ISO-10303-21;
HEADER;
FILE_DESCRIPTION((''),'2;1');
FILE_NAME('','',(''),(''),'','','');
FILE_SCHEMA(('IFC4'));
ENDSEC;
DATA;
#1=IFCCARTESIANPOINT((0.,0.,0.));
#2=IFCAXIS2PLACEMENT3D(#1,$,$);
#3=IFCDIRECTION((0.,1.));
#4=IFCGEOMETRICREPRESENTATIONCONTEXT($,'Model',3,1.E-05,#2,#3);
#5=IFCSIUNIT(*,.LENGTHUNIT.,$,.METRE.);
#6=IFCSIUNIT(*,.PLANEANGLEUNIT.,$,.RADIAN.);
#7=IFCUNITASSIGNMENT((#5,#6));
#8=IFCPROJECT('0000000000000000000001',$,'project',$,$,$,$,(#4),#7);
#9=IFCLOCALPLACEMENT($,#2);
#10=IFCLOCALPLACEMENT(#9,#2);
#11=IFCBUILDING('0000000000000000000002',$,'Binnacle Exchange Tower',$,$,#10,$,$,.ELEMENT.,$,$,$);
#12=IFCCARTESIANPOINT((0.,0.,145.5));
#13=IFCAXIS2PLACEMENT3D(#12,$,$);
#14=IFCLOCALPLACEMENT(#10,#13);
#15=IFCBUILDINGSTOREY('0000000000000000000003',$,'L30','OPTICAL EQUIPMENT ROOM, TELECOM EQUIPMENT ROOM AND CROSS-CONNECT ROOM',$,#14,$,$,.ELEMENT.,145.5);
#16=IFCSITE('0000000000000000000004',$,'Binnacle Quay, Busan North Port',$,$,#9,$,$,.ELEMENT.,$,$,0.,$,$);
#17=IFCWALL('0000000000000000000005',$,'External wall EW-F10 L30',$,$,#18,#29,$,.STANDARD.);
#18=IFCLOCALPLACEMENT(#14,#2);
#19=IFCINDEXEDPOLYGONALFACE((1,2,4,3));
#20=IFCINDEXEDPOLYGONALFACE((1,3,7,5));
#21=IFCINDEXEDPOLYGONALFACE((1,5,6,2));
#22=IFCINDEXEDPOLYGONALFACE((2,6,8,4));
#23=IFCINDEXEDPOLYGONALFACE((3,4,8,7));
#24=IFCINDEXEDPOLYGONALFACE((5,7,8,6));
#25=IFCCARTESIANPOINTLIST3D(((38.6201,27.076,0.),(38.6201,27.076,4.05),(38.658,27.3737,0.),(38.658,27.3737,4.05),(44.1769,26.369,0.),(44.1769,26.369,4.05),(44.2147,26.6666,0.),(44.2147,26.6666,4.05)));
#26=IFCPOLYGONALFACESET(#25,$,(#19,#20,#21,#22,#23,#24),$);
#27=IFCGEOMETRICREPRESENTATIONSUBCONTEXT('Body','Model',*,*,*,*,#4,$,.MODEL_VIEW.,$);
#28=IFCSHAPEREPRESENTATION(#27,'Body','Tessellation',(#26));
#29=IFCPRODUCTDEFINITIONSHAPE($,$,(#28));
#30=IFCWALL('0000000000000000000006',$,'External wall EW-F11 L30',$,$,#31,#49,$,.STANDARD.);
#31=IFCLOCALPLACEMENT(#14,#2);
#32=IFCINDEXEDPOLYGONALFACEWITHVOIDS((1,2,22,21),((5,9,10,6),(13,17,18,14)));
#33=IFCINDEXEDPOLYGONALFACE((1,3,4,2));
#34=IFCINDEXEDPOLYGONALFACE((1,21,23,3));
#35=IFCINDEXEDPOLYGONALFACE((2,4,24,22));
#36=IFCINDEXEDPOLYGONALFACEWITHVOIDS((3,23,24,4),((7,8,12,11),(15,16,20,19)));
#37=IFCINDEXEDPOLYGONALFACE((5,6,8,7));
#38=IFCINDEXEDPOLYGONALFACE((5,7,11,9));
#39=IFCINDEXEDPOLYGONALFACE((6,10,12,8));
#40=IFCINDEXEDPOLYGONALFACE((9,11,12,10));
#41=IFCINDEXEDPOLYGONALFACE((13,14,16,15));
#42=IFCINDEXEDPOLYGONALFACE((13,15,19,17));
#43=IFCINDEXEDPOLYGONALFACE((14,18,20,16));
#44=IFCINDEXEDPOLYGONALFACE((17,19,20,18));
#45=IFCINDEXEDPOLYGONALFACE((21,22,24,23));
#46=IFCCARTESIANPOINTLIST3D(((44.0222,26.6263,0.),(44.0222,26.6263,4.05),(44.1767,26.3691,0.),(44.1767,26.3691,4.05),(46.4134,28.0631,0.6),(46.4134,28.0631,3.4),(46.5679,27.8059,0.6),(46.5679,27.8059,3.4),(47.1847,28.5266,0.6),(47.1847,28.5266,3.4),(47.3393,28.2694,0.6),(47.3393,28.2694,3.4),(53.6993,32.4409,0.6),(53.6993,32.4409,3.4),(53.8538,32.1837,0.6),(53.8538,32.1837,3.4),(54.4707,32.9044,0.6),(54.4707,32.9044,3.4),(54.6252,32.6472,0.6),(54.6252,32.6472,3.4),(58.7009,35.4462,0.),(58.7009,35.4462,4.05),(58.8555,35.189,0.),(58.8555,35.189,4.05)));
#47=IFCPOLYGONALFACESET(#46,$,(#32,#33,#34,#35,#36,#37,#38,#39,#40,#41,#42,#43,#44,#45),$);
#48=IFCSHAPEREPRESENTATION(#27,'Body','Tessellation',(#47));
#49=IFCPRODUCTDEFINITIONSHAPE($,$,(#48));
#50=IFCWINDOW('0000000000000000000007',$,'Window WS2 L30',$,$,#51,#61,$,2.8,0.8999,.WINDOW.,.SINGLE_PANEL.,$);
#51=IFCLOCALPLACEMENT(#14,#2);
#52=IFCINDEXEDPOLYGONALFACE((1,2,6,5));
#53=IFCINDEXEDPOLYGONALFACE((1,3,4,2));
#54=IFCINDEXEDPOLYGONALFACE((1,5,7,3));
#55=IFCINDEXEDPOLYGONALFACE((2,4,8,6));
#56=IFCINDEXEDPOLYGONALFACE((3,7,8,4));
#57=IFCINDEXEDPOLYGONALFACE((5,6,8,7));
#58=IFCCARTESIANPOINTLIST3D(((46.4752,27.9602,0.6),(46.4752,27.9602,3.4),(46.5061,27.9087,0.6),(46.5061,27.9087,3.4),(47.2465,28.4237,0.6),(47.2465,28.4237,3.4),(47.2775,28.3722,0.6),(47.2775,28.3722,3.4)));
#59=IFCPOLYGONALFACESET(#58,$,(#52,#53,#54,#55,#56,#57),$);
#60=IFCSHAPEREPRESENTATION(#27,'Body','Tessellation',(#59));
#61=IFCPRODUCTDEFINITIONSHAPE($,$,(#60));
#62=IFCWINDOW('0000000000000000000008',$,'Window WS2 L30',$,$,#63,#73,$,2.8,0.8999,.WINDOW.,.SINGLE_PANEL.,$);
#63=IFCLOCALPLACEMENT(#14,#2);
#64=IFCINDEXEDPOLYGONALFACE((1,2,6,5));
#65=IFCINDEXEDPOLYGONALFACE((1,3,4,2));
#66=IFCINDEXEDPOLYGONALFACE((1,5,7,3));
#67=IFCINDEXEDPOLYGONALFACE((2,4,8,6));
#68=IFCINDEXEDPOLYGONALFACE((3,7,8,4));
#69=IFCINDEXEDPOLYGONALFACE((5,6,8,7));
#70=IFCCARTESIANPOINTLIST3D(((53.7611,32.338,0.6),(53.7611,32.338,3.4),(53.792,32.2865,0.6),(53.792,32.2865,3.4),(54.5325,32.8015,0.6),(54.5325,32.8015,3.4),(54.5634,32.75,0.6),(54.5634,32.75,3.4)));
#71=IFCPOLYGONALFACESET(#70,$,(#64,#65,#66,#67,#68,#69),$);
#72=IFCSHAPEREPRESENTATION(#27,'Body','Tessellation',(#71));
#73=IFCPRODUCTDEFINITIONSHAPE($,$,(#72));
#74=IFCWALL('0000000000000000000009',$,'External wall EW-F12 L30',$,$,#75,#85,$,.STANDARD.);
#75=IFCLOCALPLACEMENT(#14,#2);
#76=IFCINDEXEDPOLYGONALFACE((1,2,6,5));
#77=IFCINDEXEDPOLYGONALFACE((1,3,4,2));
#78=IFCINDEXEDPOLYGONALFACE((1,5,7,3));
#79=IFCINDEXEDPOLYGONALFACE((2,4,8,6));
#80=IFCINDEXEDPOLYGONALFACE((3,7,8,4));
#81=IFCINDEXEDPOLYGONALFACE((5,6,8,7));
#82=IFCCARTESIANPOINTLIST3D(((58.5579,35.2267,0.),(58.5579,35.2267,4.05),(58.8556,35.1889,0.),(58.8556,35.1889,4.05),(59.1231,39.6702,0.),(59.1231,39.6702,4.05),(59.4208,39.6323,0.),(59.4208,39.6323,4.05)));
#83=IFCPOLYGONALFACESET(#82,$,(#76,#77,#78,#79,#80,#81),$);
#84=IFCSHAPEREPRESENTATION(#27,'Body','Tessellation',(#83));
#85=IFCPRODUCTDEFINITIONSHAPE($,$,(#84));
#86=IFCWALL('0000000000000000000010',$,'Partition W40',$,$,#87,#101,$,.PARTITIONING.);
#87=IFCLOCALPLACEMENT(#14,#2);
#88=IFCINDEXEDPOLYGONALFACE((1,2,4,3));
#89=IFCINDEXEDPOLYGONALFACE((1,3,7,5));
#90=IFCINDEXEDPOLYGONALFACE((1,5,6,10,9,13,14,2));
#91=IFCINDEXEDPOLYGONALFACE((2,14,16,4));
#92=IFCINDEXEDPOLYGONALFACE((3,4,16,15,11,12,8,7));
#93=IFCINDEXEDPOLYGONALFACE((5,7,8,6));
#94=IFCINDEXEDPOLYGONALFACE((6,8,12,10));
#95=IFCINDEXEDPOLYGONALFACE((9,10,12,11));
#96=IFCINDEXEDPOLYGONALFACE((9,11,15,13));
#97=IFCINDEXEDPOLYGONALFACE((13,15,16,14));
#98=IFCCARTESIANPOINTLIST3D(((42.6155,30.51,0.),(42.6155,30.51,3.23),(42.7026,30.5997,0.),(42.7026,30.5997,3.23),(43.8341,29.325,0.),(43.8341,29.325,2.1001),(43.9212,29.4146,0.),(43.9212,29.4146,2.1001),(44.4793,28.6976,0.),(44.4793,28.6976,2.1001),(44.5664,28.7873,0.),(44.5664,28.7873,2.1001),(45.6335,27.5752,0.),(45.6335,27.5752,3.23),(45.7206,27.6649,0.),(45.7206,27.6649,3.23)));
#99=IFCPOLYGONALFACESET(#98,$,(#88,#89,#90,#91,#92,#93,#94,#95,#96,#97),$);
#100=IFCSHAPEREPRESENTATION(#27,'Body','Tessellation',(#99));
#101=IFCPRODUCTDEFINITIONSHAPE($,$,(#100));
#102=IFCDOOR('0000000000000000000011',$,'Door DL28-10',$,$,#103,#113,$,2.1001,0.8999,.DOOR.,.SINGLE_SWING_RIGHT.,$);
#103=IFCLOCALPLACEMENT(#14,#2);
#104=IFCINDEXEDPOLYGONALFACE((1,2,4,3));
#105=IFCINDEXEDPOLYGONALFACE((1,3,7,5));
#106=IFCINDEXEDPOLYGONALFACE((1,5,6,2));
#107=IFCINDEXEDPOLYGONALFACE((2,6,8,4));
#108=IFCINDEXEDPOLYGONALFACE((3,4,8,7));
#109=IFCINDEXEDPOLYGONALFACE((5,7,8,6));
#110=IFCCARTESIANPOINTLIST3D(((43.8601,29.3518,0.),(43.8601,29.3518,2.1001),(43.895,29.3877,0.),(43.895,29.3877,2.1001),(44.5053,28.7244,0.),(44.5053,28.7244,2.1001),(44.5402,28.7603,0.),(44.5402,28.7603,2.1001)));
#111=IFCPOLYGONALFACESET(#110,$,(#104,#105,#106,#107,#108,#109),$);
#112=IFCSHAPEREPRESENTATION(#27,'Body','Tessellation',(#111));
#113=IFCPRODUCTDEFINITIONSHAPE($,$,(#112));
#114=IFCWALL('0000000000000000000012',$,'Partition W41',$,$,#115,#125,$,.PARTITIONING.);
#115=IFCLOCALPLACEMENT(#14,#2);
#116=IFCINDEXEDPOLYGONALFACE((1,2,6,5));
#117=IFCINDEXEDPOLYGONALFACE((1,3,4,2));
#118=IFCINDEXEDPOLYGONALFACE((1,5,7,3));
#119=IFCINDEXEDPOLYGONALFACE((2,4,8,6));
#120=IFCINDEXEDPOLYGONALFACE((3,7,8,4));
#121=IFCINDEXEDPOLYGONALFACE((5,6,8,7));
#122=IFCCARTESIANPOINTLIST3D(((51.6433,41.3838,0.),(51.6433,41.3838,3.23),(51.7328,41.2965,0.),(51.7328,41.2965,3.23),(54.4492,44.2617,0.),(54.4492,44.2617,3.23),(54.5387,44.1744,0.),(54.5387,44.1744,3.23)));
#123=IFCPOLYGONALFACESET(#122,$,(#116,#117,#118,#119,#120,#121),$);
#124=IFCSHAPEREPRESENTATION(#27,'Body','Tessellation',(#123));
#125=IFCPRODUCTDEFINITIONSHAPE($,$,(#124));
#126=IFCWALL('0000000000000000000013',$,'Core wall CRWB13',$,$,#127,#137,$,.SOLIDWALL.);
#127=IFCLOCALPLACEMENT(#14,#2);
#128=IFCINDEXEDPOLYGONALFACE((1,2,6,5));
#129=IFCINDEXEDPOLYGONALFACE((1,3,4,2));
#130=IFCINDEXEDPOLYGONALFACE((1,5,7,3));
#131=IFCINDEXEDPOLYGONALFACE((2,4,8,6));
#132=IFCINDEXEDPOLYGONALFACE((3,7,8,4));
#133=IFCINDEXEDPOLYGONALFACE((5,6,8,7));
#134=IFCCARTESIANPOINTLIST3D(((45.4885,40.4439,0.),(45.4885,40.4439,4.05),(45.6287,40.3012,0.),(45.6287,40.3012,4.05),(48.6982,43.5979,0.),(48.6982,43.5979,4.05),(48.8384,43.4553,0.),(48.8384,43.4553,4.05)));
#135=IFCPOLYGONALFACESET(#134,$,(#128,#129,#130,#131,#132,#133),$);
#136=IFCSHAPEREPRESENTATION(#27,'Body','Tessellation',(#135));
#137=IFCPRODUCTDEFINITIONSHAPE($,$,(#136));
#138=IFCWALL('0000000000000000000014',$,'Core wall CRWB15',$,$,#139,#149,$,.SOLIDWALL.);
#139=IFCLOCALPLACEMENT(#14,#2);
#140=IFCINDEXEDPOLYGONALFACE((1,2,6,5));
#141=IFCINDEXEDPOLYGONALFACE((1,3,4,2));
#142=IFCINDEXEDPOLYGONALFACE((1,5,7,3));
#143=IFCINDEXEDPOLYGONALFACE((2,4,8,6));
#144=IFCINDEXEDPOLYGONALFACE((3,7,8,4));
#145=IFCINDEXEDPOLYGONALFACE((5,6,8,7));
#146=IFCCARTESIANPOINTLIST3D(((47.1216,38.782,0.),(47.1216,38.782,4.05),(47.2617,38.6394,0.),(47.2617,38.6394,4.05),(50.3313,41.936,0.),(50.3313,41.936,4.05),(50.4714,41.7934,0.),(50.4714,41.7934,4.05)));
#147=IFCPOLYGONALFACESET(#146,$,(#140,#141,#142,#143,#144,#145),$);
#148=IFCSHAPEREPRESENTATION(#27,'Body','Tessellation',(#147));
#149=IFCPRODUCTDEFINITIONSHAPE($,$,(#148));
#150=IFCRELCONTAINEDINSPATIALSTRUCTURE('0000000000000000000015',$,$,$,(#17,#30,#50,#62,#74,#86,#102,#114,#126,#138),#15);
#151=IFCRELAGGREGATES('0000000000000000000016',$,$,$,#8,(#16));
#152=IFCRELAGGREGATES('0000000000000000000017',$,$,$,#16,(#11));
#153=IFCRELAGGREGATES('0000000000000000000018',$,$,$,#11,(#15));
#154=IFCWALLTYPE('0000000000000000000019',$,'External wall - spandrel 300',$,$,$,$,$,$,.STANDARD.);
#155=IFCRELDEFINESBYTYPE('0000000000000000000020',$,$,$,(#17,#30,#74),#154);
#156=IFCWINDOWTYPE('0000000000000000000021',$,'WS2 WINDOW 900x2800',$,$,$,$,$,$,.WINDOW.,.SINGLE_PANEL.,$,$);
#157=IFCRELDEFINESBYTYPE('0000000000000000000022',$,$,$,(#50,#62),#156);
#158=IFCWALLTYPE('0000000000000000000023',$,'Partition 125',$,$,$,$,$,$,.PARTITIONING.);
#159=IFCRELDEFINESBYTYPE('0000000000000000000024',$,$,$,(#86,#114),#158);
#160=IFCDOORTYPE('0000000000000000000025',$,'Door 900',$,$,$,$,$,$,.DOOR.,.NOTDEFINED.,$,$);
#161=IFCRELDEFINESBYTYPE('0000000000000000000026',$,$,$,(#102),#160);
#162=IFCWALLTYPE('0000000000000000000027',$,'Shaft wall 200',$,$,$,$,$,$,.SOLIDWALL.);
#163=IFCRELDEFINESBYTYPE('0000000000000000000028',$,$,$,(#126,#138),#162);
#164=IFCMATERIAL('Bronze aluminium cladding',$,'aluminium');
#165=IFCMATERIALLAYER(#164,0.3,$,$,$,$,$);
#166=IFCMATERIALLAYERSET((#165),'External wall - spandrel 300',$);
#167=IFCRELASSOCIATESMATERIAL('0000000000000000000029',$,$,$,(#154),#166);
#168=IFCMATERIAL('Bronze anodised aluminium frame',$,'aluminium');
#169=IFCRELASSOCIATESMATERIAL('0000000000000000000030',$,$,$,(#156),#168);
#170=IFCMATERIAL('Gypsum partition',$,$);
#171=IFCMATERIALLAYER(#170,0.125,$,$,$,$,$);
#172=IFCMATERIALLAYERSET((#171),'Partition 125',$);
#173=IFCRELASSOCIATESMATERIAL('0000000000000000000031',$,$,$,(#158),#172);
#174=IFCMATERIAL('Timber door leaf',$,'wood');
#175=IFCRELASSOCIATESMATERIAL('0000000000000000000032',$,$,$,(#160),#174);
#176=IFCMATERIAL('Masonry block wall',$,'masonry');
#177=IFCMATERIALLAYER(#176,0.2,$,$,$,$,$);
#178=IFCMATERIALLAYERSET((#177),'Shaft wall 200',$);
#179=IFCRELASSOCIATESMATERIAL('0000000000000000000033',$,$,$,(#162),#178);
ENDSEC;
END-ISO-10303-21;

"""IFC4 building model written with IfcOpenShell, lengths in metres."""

from ifc_helpers import new_model, si_unit, direction, frame, frame_2d, origin, place, context, subcontext, project, spatial, rectangle, extrude, material, layer, layer_set, type_object, element, fill, save


model = new_model("IFC4")

# Units and contexts
model_context = context("Model", 3, precision=1e-05, world=origin(), true_north=direction((0.0, 1.0)))
body_context = subcontext(model_context, "Body", "Model", "MODEL_VIEW")
ifc_project = project(units=[si_unit("LENGTHUNIT", "METRE"), si_unit("PLANEANGLEUNIT", "RADIAN")], contexts=[model_context])

# Site, building, storey
site_placement = place(None, origin())
site = spatial("IfcSite", under=ifc_project, at=site_placement, Name="Binnacle Quay, Busan North Port", CompositionType="ELEMENT", RefElevation=0.0)
building_placement = place(site_placement, origin())
building = spatial("IfcBuilding", under=site, at=building_placement, Name="Binnacle Exchange Tower", CompositionType="ELEMENT")
storey_placement = place(building_placement, frame((0.0, 0.0, 145.5)))
storey = spatial("IfcBuildingStorey", under=building, at=storey_placement, Name="L30", Description="OPTICAL EQUIPMENT ROOM, TELECOM EQUIPMENT ROOM AND CROSS-CONNECT ROOM", CompositionType="ELEMENT", Elevation=145.5)

# Wall
ifc_material_1 = material(Name="Bronze aluminium cladding", Category="aluminium")
ifc_layer_1 = layer(ifc_material_1, 0.3)
ifc_layer_set_1 = layer_set([ifc_layer_1], Name="External wall - spandrel 300")
wall_type_1 = type_object("IfcWallType", Name="External wall - spandrel 300", PredefinedType="STANDARD", material=ifc_layer_set_1)
wall_1_placement = place(storey_placement, frame((44.1958, 26.5178, 0.0), z_axis=(0.0, 0.0, 1.0), x_axis=(-0.992002, 0.126223, 0.0)))
element("IfcWall", 1, at=wall_1_placement, inside=storey, type_object=wall_type_1, Name="External wall EW-F10 L30", PredefinedType="STANDARD", context=body_context, shape_type="SweptSolid", body=[
    extrude(rectangle(XDim=5.6016, YDim=0.3, at=frame_2d((2.8008, 0.0))), origin(), (0.0, 0.0, 1.0), 4.05),
])

# Wall, openings, windows
wall_2_placement = place(storey_placement, frame((58.7783, 35.3176, 0.0), z_axis=(0.0, 0.0, 1.0), x_axis=(-0.857168, -0.515037, 0.0)))
wall_2 = element("IfcWall", 2, at=wall_2_placement, inside=storey, type_object=wall_type_1, Name="External wall EW-F11 L30", PredefinedType="STANDARD", context=body_context, shape_type="SweptSolid", body=[
    extrude(rectangle(XDim=17.1248, YDim=0.3, at=frame_2d((8.5625, 0.0))), origin(), (0.0, 0.0, 1.0), 4.05),
])
opening_1_placement = place(wall_2_placement, frame((13.4353, 0.0, 0.6001)))
opening_1 = element("IfcOpeningElement", 3, at=opening_1_placement, cuts=wall_2, PredefinedType="OPENING", context=body_context, shape_type="SweptSolid", body=[
    extrude(rectangle(XDim=0.8999, YDim=2.8, at=frame_2d((0.45, 1.3999))), frame((0.0, 0.1599, 0.0), z_axis=(0.0, -1.0, 0.0), x_axis=(1.0, 0.0, 0.0)), (0.0, 0.0, 1.0), 0.3201),
])
opening_2_placement = place(wall_2_placement, frame((4.9353, 0.0, 0.6001)))
opening_2 = element("IfcOpeningElement", 4, at=opening_2_placement, cuts=wall_2, PredefinedType="OPENING", context=body_context, shape_type="SweptSolid", body=[
    extrude(rectangle(XDim=0.8999, YDim=2.8, at=frame_2d((0.45, 1.3999))), frame((0.0, 0.1599, 0.0), z_axis=(0.0, -1.0, 0.0), x_axis=(1.0, 0.0, 0.0)), (0.0, 0.0, 1.0), 0.3201),
])
ifc_material_2 = material(Name="Bronze anodised aluminium frame", Category="aluminium")
window_type = type_object("IfcWindowType", Name="WS2 WINDOW 900x2800", PartitioningType="SINGLE_PANEL", PredefinedType="WINDOW", material=ifc_material_2)
window_1_placement = place(opening_1_placement, origin())
window_1 = element("IfcWindow", 5, at=window_1_placement, inside=storey, type_object=window_type, Name="Window WS2 L30", OverallHeight=2.8, OverallWidth=0.8999, PartitioningType="SINGLE_PANEL", PredefinedType="WINDOW", context=body_context, shape_type="SweptSolid", body=[
    extrude(rectangle(XDim=0.8999, YDim=2.8, at=frame_2d((0.45, 1.3999))), frame((0.0, 0.03, 0.0), z_axis=(0.0, -1.0, 0.0), x_axis=(1.0, 0.0, 0.0)), (0.0, 0.0, 1.0), 0.0601),
])
fill(opening_1, window_1)
window_2_placement = place(opening_2_placement, origin())
window_2 = element("IfcWindow", 6, at=window_2_placement, inside=storey, type_object=window_type, Name="Window WS2 L30", OverallHeight=2.8, OverallWidth=0.8999, PartitioningType="SINGLE_PANEL", PredefinedType="WINDOW", context=body_context, shape_type="SweptSolid", body=[
    extrude(rectangle(XDim=0.8999, YDim=2.8, at=frame_2d((0.45, 1.3999))), frame((0.0, 0.03, 0.0), z_axis=(0.0, -1.0, 0.0), x_axis=(1.0, 0.0, 0.0)), (0.0, 0.0, 1.0), 0.0601),
])
fill(opening_2, window_2)

# Wall
wall_3_placement = place(storey_placement, frame((59.272, 39.6514, 0.0), z_axis=(0.0, 0.0, 1.0), x_axis=(-0.126181, -0.992007, 0.0)))
element("IfcWall", 7, at=wall_3_placement, inside=storey, type_object=wall_type_1, Name="External wall EW-F12 L30", PredefinedType="STANDARD", context=body_context, shape_type="SweptSolid", body=[
    extrude(rectangle(XDim=4.4792, YDim=0.3, at=frame_2d((2.2397, 0.0))), origin(), (0.0, 0.0, 1.0), 4.05),
])

# Wall, opening, door
ifc_material_3 = material(Name="Gypsum partition")
ifc_layer_2 = layer(ifc_material_3, 0.125)
ifc_layer_set_2 = layer_set([ifc_layer_2], Name="Partition 125")
wall_type_2 = type_object("IfcWallType", Name="Partition 125", PredefinedType="PARTITIONING", material=ifc_layer_set_2)
wall_4_placement = place(storey_placement, frame((42.6589, 30.5549, 0.0), z_axis=(0.0, 0.0, 1.0), x_axis=(0.716926, -0.69715, 0.0)))
wall_4 = element("IfcWall", 8, at=wall_4_placement, inside=storey, type_object=wall_type_2, Name="Partition W40", PredefinedType="PARTITIONING", context=body_context, shape_type="SweptSolid", body=[
    extrude(rectangle(XDim=4.2097, YDim=0.125, at=frame_2d((2.105, 0.0))), origin(), (0.0, 0.0, 1.0), 3.23),
])
opening_3_placement = place(wall_4_placement, frame((1.7, 0.0, 0.0)))
opening_3 = element("IfcOpeningElement", 9, at=opening_3_placement, cuts=wall_4, PredefinedType="OPENING", context=body_context, shape_type="SweptSolid", body=[
    extrude(rectangle(XDim=0.8999, YDim=2.1001, at=frame_2d((0.45, 1.05))), frame((0.0, 0.0725, 0.0), z_axis=(0.0, -1.0, 0.0), x_axis=(1.0, 0.0, 0.0)), (0.0, 0.0, 1.0), 0.145),
])
ifc_material_4 = material(Name="Timber door leaf", Category="wood")
door_type_1 = type_object("IfcDoorType", Name="Door 900", OperationType="NOTDEFINED", PredefinedType="DOOR", material=ifc_material_4)
door_1_placement = place(opening_3_placement, origin())
door_1 = element("IfcDoor", 10, at=door_1_placement, inside=storey, type_object=door_type_1, Name="Door DL28-10", OperationType="SINGLE_SWING_RIGHT", OverallHeight=2.1001, OverallWidth=0.8999, PredefinedType="DOOR", context=body_context, shape_type="SweptSolid", body=[
    extrude(rectangle(XDim=0.8999, YDim=2.1001, at=frame_2d((0.45, 1.05))), frame((0.0, 0.0249, 0.0), z_axis=(0.0, -1.0, 0.0), x_axis=(1.0, 0.0, 0.0)), (0.0, 0.0, 1.0), 0.05),
])
fill(opening_3, door_1)

# Walls
wall_5_placement = place(storey_placement, frame((51.688, 41.3401, 0.0), z_axis=(0.0, 0.0, 1.0), x_axis=(0.698091, 0.716009, 0.0)))
element("IfcWall", 11, at=wall_5_placement, inside=storey, type_object=wall_type_2, Name="Partition W41", PredefinedType="PARTITIONING", context=body_context, shape_type="SweptSolid", body=[
    extrude(rectangle(XDim=4.0193, YDim=0.125, at=frame_2d((2.0098, 0.0))), origin(), (0.0, 0.0, 1.0), 3.23),
])
ifc_material_5 = material(Name="Masonry block wall", Category="masonry")
ifc_layer_3 = layer(ifc_material_5, 0.2)
ifc_layer_set_3 = layer_set([ifc_layer_3], Name="Shaft wall 200")
wall_type_3 = type_object("IfcWallType", Name="Shaft wall 200", PredefinedType="SOLIDWALL", material=ifc_layer_set_3)
for number, where, z_axis, x_axis, name in (
    (12, (45.5586, 40.3726, 0.0), (0.0, 0.0, 1.0), (0.713265, 0.700895, 0.0), "Core wall CRWB13"),
    (13, (47.1917, 38.7107, 0.0), (0.0, 0.0, 1.0), (0.713265, 0.700895, 0.0), "Core wall CRWB15"),
):
    element("IfcWall", number, at=place(storey_placement, frame(where, z_axis=z_axis, x_axis=x_axis)), inside=storey, type_object=wall_type_3, Name=name, PredefinedType="SOLIDWALL", context=body_context, shape_type="SweptSolid", body=[
        extrude(rectangle(XDim=4.5, YDim=0.2, at=frame_2d((2.25, 0.0))), origin(), (0.0, 0.0, 1.0), 4.05),
    ])

save(model, "model.ifc")
